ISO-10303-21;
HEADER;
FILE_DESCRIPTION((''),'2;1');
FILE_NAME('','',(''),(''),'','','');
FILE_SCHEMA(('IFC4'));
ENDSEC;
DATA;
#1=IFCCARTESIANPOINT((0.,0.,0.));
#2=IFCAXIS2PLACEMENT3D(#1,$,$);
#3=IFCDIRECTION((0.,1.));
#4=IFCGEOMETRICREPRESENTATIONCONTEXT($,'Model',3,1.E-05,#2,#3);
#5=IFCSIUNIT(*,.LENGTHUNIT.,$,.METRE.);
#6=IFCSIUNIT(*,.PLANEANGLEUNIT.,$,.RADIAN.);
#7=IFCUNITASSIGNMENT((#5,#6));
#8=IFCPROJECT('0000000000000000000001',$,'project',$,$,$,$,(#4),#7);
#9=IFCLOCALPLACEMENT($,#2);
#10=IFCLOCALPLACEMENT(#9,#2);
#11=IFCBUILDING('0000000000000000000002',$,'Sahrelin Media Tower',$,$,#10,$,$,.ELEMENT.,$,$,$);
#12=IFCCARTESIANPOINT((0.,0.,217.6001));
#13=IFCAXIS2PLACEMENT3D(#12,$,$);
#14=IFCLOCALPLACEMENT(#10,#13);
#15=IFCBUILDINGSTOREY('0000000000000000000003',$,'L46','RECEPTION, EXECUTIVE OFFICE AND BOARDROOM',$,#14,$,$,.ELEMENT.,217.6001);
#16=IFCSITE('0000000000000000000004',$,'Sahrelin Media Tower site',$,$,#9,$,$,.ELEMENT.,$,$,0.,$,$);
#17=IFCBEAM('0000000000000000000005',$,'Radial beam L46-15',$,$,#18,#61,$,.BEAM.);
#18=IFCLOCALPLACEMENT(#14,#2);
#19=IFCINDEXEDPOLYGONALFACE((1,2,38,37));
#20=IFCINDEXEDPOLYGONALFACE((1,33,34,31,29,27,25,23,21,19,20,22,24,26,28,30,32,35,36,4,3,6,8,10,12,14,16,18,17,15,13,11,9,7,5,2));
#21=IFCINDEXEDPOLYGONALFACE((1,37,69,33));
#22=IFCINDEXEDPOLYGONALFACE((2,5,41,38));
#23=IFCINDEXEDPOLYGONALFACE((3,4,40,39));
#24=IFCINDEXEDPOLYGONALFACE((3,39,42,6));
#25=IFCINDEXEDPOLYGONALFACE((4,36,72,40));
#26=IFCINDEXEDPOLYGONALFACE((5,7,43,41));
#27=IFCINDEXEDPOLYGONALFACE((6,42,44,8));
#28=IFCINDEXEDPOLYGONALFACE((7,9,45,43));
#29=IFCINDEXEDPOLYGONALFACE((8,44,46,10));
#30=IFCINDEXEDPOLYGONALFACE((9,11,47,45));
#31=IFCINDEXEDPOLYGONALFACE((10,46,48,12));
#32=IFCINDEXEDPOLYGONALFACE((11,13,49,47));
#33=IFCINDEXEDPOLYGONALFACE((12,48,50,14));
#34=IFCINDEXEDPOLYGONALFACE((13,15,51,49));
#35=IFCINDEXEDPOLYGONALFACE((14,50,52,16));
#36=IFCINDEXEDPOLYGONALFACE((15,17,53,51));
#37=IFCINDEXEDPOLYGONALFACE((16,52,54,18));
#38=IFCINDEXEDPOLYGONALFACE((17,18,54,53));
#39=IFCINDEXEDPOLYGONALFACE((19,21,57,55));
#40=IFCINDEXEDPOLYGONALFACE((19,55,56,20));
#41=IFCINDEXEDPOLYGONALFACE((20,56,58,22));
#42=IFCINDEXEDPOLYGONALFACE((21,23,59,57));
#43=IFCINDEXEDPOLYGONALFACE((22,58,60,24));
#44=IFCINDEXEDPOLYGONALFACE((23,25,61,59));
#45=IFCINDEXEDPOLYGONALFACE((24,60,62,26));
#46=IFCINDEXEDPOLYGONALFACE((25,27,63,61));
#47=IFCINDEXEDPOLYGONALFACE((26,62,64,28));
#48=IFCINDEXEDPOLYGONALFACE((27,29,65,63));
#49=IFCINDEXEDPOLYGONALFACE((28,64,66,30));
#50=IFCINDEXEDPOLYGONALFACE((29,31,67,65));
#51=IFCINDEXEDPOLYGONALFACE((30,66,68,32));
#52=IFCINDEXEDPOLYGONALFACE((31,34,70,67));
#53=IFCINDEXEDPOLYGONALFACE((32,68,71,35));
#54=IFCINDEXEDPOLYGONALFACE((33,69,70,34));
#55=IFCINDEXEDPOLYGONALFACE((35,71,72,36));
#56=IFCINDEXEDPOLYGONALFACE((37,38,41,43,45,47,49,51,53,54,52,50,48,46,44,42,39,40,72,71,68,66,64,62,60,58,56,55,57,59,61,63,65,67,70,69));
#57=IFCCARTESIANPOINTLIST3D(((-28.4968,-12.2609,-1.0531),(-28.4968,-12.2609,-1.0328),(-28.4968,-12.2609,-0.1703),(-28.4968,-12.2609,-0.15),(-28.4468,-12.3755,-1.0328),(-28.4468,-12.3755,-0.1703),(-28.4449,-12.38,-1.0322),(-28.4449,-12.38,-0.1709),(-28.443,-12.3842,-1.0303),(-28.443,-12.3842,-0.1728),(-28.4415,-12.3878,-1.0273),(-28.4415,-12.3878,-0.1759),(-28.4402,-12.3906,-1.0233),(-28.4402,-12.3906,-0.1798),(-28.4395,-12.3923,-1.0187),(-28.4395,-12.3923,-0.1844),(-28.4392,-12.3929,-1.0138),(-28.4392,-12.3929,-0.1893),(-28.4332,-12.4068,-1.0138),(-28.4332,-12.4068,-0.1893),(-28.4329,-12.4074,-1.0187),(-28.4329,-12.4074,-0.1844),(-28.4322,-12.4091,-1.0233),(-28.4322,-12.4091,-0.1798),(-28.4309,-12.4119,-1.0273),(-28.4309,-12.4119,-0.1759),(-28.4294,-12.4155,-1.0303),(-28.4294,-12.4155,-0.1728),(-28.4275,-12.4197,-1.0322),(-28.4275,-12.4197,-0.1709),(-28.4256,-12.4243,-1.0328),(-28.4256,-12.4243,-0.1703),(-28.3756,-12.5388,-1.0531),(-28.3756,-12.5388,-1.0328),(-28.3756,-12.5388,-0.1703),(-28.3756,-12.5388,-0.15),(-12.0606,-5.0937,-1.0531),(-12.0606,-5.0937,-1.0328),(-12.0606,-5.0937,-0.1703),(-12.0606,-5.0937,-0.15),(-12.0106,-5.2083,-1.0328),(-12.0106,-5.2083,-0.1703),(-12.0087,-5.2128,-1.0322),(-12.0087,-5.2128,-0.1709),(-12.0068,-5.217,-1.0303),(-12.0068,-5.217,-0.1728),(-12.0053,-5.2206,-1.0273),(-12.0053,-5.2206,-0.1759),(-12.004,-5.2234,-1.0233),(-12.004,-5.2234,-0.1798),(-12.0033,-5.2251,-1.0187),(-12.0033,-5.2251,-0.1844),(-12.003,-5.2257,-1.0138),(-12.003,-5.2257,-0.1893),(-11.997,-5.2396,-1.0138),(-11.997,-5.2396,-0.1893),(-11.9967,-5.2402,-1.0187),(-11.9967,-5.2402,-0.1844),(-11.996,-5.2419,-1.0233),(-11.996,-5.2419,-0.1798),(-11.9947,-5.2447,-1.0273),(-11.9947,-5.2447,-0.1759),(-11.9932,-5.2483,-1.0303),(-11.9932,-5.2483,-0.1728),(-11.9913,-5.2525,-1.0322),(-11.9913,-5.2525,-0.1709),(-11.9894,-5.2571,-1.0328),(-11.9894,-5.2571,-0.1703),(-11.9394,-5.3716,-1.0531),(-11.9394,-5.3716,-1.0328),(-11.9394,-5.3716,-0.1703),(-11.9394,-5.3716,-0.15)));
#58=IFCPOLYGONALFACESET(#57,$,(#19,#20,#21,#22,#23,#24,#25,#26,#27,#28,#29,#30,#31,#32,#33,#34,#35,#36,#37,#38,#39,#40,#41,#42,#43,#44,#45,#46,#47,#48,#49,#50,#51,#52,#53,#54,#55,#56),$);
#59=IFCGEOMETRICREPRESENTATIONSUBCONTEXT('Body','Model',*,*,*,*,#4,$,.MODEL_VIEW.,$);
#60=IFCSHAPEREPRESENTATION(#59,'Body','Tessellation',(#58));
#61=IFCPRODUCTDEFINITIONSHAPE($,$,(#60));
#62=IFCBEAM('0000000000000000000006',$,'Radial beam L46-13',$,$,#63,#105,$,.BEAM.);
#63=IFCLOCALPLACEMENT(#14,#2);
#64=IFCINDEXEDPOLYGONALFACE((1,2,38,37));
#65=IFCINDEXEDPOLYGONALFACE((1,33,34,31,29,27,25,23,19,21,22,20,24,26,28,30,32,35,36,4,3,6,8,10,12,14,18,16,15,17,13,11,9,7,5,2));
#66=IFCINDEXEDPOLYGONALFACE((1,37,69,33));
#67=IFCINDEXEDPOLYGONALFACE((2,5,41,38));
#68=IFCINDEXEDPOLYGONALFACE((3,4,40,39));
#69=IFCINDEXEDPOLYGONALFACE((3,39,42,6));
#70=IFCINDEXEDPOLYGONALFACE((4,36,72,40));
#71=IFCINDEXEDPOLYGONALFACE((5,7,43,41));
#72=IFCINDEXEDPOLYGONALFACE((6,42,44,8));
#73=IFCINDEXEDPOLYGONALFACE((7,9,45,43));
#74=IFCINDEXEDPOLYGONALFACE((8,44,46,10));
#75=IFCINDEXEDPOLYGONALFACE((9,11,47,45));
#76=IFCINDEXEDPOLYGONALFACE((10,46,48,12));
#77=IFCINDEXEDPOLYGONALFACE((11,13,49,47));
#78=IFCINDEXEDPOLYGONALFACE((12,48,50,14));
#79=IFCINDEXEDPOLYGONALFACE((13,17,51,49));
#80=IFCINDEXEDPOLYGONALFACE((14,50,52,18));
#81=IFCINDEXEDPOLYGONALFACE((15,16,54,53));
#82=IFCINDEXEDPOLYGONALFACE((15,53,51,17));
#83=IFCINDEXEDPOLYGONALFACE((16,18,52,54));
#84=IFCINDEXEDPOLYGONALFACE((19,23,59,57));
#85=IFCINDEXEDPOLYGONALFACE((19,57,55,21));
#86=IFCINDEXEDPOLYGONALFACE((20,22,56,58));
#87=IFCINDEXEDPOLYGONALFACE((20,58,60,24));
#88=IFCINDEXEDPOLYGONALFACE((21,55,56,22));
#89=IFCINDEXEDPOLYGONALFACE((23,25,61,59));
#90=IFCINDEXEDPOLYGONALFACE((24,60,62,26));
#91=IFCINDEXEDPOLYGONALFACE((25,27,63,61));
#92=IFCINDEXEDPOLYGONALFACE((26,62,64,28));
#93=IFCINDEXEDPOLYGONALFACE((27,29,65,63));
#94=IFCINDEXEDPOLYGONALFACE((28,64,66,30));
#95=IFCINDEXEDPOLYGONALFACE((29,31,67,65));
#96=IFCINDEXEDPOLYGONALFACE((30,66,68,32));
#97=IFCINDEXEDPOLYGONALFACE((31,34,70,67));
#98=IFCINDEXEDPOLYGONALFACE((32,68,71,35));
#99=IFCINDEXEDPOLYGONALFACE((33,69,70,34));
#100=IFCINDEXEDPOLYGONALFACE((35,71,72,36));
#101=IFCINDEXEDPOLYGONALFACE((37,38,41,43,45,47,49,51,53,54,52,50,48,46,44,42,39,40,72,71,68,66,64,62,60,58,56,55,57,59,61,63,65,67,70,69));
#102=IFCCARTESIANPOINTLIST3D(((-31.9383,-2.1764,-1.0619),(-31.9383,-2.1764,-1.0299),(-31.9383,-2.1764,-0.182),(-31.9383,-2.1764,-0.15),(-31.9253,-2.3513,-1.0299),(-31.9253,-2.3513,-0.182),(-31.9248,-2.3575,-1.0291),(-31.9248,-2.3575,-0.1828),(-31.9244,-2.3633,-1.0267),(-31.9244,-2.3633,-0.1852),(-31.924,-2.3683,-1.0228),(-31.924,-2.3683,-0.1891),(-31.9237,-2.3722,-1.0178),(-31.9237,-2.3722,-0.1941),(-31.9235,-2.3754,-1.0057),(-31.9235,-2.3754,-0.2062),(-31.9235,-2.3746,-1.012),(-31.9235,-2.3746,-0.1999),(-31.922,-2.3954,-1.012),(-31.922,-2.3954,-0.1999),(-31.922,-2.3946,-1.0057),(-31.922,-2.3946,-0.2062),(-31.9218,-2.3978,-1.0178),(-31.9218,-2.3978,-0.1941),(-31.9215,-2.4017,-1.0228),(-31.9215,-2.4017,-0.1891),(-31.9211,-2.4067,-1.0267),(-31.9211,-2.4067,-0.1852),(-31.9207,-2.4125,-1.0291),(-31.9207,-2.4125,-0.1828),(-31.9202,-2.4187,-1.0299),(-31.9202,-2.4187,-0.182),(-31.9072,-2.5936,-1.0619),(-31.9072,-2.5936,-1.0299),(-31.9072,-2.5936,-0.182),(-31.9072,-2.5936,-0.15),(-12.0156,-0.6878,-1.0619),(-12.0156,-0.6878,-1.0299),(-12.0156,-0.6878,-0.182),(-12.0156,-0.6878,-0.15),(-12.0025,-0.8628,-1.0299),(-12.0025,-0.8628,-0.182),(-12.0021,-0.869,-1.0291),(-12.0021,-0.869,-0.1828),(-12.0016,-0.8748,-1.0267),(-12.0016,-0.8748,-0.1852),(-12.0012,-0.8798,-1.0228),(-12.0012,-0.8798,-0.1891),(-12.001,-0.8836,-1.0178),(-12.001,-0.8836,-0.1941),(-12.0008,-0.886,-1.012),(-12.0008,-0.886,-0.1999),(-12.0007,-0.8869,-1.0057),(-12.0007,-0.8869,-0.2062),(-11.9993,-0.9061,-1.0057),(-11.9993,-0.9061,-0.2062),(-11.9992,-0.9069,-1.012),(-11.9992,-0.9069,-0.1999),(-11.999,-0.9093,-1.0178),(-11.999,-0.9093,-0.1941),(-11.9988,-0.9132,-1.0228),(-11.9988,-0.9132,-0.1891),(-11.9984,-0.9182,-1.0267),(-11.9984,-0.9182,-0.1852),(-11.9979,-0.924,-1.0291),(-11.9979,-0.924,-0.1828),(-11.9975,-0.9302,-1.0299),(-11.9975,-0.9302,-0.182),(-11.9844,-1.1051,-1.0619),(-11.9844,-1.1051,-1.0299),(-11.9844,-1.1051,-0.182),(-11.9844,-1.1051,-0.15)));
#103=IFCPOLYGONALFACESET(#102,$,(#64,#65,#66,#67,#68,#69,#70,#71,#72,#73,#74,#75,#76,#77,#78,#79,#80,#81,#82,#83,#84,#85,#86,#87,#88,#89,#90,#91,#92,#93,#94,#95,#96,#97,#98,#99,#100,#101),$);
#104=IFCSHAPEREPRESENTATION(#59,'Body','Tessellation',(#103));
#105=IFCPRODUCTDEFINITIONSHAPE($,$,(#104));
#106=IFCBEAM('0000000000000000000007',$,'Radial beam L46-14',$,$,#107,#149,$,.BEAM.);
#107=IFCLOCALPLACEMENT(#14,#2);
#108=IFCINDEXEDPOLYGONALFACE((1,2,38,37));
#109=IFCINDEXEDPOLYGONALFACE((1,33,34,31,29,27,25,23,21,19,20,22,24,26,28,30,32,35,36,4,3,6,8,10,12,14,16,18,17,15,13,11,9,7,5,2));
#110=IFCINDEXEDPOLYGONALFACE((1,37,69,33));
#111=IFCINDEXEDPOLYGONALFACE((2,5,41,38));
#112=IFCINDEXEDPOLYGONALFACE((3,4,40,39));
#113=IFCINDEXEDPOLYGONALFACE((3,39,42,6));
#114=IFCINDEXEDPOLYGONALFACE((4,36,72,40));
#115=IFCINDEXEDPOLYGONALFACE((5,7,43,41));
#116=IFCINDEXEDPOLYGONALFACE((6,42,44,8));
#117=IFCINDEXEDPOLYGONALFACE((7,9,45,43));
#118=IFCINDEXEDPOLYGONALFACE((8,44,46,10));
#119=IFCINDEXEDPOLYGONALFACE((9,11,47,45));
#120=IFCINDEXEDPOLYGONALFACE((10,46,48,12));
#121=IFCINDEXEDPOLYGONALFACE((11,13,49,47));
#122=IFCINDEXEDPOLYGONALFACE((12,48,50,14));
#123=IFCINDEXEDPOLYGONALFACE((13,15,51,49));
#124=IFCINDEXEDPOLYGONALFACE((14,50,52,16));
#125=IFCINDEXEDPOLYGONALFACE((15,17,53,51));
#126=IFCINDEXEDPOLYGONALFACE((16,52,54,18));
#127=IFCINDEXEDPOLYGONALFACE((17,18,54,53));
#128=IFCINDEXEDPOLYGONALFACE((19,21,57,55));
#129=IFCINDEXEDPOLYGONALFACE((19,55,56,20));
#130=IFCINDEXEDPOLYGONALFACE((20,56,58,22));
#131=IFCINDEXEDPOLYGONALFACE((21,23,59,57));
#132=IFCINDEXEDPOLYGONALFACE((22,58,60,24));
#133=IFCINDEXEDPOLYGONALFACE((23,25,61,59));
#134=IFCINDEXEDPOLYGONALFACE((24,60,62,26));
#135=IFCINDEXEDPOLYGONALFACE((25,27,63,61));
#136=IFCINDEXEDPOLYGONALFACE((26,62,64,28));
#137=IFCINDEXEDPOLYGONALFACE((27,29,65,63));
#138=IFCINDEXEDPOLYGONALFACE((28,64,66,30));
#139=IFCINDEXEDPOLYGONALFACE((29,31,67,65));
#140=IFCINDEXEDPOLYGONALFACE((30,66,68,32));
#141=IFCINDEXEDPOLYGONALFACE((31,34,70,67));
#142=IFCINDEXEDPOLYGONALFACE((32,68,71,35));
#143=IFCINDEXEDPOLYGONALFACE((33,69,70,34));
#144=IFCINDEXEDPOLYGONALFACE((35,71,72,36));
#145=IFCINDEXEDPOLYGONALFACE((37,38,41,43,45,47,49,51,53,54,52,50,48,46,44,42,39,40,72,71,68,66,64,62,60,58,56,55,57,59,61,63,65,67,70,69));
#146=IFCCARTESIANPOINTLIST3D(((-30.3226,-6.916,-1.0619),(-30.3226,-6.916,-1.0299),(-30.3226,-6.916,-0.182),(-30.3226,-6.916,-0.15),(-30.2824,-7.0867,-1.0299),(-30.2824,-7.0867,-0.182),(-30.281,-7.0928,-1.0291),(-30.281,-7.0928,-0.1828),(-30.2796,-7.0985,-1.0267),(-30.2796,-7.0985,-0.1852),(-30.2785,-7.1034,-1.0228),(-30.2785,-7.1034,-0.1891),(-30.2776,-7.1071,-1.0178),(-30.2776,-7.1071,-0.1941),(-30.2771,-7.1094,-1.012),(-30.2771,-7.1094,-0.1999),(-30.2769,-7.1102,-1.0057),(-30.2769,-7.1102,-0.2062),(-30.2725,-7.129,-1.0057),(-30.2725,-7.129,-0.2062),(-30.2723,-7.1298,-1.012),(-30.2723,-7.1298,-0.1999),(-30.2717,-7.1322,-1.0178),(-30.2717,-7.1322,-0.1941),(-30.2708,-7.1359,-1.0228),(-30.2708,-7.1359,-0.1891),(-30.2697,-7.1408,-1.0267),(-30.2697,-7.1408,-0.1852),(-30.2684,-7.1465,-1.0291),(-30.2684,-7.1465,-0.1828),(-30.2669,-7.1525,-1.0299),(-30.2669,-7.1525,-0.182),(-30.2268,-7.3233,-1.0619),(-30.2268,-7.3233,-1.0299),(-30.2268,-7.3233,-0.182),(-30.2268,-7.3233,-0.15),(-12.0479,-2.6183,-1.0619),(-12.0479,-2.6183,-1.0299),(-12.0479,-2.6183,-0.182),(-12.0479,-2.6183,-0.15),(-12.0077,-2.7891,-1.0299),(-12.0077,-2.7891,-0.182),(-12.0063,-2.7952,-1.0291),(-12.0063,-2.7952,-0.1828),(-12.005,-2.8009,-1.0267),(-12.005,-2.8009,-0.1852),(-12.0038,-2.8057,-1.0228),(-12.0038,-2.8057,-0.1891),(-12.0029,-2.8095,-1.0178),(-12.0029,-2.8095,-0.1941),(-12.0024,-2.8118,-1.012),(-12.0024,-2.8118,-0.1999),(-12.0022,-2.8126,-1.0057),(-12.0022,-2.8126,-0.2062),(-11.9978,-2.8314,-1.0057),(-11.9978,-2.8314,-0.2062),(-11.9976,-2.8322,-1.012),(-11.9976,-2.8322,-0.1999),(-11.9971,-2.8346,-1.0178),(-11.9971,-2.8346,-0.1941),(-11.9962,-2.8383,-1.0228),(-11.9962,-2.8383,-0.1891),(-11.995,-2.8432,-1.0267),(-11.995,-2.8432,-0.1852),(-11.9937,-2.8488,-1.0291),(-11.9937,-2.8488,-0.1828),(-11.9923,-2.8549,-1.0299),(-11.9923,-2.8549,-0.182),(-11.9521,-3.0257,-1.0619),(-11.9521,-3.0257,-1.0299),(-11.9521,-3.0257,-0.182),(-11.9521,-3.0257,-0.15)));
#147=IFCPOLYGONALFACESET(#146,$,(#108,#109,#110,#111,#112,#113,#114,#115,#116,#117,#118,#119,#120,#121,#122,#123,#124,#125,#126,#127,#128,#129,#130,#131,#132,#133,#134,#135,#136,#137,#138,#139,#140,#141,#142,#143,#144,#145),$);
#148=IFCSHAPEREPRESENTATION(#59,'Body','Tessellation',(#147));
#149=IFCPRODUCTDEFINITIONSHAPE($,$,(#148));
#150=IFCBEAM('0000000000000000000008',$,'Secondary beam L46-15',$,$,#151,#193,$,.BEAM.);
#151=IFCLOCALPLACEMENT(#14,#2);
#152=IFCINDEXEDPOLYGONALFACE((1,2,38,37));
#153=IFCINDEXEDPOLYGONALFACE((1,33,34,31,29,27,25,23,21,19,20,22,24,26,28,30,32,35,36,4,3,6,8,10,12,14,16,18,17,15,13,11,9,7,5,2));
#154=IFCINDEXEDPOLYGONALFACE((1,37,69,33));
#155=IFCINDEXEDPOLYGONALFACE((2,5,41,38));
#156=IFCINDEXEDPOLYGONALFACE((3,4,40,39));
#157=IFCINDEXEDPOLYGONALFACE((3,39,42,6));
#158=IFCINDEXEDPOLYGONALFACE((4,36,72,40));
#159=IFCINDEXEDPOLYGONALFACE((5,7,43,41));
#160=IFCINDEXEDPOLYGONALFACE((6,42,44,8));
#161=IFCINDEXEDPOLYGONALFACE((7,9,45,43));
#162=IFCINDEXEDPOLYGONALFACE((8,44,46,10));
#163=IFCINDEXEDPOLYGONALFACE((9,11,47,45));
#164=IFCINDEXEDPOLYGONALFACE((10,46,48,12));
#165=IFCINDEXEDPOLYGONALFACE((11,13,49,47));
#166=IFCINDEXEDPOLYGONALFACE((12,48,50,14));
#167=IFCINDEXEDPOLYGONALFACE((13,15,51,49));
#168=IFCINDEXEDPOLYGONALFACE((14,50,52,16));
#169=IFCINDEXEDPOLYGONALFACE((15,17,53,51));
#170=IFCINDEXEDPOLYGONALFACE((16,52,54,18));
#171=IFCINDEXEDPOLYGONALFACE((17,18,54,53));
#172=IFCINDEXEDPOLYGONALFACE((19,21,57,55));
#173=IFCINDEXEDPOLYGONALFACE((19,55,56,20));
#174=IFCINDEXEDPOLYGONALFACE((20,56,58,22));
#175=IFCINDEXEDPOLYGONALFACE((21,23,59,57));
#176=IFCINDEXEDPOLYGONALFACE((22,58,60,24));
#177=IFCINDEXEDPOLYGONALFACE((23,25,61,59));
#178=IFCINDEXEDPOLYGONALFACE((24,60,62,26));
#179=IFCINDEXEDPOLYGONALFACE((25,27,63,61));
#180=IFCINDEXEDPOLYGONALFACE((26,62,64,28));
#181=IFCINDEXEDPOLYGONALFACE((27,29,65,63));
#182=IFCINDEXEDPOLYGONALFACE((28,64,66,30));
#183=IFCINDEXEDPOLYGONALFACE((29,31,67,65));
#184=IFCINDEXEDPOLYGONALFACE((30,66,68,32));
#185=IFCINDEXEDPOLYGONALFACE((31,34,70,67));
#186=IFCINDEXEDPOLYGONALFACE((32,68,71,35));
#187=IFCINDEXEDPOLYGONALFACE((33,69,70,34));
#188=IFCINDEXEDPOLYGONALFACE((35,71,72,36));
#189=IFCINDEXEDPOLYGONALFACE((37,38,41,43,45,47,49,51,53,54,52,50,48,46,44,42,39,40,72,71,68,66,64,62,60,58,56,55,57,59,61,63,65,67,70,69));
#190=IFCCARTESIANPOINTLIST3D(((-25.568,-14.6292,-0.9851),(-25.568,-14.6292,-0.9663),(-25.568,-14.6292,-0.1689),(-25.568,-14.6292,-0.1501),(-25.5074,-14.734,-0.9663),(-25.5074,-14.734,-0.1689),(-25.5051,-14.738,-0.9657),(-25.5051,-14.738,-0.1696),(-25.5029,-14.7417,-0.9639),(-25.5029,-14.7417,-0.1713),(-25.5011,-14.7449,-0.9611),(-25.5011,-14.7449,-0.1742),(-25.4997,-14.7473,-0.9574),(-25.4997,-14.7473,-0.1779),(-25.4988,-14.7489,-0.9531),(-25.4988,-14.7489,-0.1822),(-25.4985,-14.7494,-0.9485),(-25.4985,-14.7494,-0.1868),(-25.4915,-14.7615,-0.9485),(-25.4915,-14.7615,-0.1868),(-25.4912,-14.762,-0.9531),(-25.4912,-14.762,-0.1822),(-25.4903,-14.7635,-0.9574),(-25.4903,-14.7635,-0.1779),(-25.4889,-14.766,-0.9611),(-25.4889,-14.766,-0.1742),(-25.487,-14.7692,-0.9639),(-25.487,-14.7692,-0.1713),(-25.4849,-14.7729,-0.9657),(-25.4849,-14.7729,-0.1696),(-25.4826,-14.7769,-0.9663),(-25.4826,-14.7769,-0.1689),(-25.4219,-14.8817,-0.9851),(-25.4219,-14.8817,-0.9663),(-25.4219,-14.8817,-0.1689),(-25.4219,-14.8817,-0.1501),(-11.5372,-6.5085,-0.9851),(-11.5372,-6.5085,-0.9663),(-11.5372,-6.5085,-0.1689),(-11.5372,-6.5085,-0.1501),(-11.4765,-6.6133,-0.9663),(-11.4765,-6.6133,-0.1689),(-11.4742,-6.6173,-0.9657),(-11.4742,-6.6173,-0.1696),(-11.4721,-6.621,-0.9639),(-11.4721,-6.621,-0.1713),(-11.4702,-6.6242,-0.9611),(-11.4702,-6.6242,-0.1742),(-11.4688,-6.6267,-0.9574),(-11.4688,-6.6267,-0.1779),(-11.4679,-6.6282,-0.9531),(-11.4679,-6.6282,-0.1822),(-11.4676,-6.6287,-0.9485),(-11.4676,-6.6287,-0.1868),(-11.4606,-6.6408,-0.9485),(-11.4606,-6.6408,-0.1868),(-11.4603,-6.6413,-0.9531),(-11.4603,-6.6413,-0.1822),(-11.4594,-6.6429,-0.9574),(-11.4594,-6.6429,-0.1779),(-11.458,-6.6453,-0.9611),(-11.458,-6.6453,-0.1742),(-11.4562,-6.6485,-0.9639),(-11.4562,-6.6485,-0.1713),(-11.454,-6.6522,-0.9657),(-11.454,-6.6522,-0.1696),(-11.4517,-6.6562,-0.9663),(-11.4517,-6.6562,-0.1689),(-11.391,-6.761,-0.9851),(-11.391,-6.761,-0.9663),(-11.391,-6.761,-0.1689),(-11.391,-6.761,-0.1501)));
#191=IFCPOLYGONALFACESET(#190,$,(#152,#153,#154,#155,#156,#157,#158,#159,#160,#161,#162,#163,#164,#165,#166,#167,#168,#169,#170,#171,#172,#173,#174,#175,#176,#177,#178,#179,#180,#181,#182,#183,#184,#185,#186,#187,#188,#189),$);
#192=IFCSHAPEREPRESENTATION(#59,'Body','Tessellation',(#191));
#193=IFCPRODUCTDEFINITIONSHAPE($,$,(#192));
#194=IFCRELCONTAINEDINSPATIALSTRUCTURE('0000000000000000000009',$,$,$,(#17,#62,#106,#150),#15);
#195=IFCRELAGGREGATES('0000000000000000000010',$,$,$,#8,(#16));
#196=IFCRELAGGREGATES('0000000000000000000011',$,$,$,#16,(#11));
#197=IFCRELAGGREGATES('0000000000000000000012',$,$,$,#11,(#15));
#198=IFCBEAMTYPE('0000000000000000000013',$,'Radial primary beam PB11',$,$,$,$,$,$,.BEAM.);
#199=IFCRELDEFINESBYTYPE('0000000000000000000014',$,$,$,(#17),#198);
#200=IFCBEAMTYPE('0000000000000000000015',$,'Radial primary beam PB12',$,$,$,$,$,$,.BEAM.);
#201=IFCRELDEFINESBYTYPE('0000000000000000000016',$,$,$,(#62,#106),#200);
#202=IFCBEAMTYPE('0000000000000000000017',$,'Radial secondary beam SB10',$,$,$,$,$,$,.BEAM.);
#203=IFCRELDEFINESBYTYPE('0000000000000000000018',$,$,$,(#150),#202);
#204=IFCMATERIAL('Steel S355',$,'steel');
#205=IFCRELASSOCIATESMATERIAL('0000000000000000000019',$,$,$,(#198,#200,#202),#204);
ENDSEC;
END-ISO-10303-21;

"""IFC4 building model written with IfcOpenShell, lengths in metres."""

from ifc_helpers import new_model, si_unit, direction, frame, origin, origin_2d, place, context, subcontext, project, spatial, i_section, extrude, material, material_profile, profile_set, type_object, element, save


model = new_model("IFC4")

# Units and contexts
model_context = context("Model", 3, precision=1e-05, world=origin(), true_north=direction((0.0, 1.0)))
body_context = subcontext(model_context, "Body", "Model", "MODEL_VIEW")
ifc_project = project(units=[si_unit("LENGTHUNIT", "METRE"), si_unit("PLANEANGLEUNIT", "RADIAN")], contexts=[model_context])

# Site, building, storey
site_placement = place(None, origin())
site = spatial("IfcSite", under=ifc_project, at=site_placement, Name="Sahrelin Media Tower site", CompositionType="ELEMENT", RefElevation=0.0)
building_placement = place(site_placement, origin())
building = spatial("IfcBuilding", under=site, at=building_placement, Name="Sahrelin Media Tower", CompositionType="ELEMENT")
storey_placement = place(building_placement, frame((0.0, 0.0, 217.6001)))
storey = spatial("IfcBuildingStorey", under=building, at=storey_placement, Name="L46", Description="RECEPTION, EXECUTIVE OFFICE AND BOARDROOM", CompositionType="ELEMENT", Elevation=217.6001)

# Beams
ifc_material_1 = material(Name="Steel S355", Category="steel")
ifc_material_profile_1 = material_profile(ifc_material_1, i_section(OverallWidth=0.3032, OverallDepth=0.9031, WebThickness=0.0151, FlangeThickness=0.0203, FilletRadius=0.019, at=origin_2d()), Name="UB 914x305x201")
ifc_profile_set_1 = profile_set([ifc_material_profile_1], Name="Steel S355")
beam_type_1 = type_object("IfcBeamType", Name="Radial primary beam PB11", PredefinedType="BEAM", material=ifc_profile_set_1)
beam_1_placement = place(storey_placement, frame((-12.0, -5.2327, -0.6016), z_axis=(-0.916641, -0.399712, 0.0), x_axis=(0.399712, -0.916641, 0.0)))
element("IfcBeam", 1, at=beam_1_placement, inside=storey, type_object=beam_type_1, Name="Radial beam L46-15", PredefinedType="BEAM", context=body_context, shape_type="SweptSolid", body=[
    extrude(i_section(OverallWidth=0.3032, OverallDepth=0.9031, WebThickness=0.0151, FlangeThickness=0.0203, FilletRadius=0.019, at=origin_2d()), origin(), (0.0, 0.0, 1.0), 17.9309),
])
ifc_material_profile_2 = material_profile(ifc_material_1, i_section(OverallWidth=0.4185, OverallDepth=0.9119, WebThickness=0.0193, FlangeThickness=0.032, FilletRadius=0.0242, at=origin_2d()), Name="UB 914x419x343")
ifc_profile_set_2 = profile_set([ifc_material_profile_2], Name="Steel S355")
beam_type_2 = type_object("IfcBeamType", Name="Radial primary beam PB12", PredefinedType="BEAM", material=ifc_profile_set_2)
beam_2_placement = place(storey_placement, frame((-12.0, -0.8965, -0.606), z_axis=(-0.997221, -0.074507, 0.0), x_axis=(0.074507, -0.997221, 0.0)))
element("IfcBeam", 2, at=beam_2_placement, inside=storey, type_object=beam_type_2, Name="Radial beam L46-13", PredefinedType="BEAM", context=body_context, shape_type="SweptSolid", body=[
    extrude(i_section(OverallWidth=0.4185, OverallDepth=0.9119, WebThickness=0.0193, FlangeThickness=0.032, FilletRadius=0.0242, at=origin_2d()), origin(), (0.0, 0.0, 1.0), 19.9783),
])
beam_3_placement = place(storey_placement, frame((-12.0, -2.822, -0.606), z_axis=(-0.973445, -0.228923, 0.0), x_axis=(0.228923, -0.973445, 0.0)))
element("IfcBeam", 3, at=beam_3_placement, inside=storey, type_object=beam_type_2, Name="Radial beam L46-14", PredefinedType="BEAM", context=body_context, shape_type="SweptSolid", body=[
    extrude(i_section(OverallWidth=0.4185, OverallDepth=0.9119, WebThickness=0.0193, FlangeThickness=0.032, FilletRadius=0.0242, at=origin_2d()), origin(), (0.0, 0.0, 1.0), 18.7732),
])
ifc_material_profile_3 = material_profile(ifc_material_1, i_section(OverallWidth=0.2917, OverallDepth=0.835, WebThickness=0.0139, FlangeThickness=0.0188, FilletRadius=0.0178, at=origin_2d()), Name="UB 838x292x176")
ifc_profile_set_3 = profile_set([ifc_material_profile_3], Name="Steel S355")
beam_type_3 = type_object("IfcBeamType", Name="Radial secondary beam SB10", PredefinedType="BEAM", material=ifc_profile_set_3)
beam_4_placement = place(storey_placement, frame((-11.4641, -6.6348, -0.5676), z_axis=(-0.865492, -0.500922, 0.0), x_axis=(0.500922, -0.865492, 0.0)))
element("IfcBeam", 4, at=beam_4_placement, inside=storey, type_object=beam_type_3, Name="Secondary beam L46-15", PredefinedType="BEAM", context=body_context, shape_type="SweptSolid", body=[
    extrude(i_section(OverallWidth=0.2917, OverallDepth=0.835, WebThickness=0.0139, FlangeThickness=0.0188, FilletRadius=0.0178, at=origin_2d()), origin(), (0.0, 0.0, 1.0), 16.2114),
])

save(model, "model.ifc")
